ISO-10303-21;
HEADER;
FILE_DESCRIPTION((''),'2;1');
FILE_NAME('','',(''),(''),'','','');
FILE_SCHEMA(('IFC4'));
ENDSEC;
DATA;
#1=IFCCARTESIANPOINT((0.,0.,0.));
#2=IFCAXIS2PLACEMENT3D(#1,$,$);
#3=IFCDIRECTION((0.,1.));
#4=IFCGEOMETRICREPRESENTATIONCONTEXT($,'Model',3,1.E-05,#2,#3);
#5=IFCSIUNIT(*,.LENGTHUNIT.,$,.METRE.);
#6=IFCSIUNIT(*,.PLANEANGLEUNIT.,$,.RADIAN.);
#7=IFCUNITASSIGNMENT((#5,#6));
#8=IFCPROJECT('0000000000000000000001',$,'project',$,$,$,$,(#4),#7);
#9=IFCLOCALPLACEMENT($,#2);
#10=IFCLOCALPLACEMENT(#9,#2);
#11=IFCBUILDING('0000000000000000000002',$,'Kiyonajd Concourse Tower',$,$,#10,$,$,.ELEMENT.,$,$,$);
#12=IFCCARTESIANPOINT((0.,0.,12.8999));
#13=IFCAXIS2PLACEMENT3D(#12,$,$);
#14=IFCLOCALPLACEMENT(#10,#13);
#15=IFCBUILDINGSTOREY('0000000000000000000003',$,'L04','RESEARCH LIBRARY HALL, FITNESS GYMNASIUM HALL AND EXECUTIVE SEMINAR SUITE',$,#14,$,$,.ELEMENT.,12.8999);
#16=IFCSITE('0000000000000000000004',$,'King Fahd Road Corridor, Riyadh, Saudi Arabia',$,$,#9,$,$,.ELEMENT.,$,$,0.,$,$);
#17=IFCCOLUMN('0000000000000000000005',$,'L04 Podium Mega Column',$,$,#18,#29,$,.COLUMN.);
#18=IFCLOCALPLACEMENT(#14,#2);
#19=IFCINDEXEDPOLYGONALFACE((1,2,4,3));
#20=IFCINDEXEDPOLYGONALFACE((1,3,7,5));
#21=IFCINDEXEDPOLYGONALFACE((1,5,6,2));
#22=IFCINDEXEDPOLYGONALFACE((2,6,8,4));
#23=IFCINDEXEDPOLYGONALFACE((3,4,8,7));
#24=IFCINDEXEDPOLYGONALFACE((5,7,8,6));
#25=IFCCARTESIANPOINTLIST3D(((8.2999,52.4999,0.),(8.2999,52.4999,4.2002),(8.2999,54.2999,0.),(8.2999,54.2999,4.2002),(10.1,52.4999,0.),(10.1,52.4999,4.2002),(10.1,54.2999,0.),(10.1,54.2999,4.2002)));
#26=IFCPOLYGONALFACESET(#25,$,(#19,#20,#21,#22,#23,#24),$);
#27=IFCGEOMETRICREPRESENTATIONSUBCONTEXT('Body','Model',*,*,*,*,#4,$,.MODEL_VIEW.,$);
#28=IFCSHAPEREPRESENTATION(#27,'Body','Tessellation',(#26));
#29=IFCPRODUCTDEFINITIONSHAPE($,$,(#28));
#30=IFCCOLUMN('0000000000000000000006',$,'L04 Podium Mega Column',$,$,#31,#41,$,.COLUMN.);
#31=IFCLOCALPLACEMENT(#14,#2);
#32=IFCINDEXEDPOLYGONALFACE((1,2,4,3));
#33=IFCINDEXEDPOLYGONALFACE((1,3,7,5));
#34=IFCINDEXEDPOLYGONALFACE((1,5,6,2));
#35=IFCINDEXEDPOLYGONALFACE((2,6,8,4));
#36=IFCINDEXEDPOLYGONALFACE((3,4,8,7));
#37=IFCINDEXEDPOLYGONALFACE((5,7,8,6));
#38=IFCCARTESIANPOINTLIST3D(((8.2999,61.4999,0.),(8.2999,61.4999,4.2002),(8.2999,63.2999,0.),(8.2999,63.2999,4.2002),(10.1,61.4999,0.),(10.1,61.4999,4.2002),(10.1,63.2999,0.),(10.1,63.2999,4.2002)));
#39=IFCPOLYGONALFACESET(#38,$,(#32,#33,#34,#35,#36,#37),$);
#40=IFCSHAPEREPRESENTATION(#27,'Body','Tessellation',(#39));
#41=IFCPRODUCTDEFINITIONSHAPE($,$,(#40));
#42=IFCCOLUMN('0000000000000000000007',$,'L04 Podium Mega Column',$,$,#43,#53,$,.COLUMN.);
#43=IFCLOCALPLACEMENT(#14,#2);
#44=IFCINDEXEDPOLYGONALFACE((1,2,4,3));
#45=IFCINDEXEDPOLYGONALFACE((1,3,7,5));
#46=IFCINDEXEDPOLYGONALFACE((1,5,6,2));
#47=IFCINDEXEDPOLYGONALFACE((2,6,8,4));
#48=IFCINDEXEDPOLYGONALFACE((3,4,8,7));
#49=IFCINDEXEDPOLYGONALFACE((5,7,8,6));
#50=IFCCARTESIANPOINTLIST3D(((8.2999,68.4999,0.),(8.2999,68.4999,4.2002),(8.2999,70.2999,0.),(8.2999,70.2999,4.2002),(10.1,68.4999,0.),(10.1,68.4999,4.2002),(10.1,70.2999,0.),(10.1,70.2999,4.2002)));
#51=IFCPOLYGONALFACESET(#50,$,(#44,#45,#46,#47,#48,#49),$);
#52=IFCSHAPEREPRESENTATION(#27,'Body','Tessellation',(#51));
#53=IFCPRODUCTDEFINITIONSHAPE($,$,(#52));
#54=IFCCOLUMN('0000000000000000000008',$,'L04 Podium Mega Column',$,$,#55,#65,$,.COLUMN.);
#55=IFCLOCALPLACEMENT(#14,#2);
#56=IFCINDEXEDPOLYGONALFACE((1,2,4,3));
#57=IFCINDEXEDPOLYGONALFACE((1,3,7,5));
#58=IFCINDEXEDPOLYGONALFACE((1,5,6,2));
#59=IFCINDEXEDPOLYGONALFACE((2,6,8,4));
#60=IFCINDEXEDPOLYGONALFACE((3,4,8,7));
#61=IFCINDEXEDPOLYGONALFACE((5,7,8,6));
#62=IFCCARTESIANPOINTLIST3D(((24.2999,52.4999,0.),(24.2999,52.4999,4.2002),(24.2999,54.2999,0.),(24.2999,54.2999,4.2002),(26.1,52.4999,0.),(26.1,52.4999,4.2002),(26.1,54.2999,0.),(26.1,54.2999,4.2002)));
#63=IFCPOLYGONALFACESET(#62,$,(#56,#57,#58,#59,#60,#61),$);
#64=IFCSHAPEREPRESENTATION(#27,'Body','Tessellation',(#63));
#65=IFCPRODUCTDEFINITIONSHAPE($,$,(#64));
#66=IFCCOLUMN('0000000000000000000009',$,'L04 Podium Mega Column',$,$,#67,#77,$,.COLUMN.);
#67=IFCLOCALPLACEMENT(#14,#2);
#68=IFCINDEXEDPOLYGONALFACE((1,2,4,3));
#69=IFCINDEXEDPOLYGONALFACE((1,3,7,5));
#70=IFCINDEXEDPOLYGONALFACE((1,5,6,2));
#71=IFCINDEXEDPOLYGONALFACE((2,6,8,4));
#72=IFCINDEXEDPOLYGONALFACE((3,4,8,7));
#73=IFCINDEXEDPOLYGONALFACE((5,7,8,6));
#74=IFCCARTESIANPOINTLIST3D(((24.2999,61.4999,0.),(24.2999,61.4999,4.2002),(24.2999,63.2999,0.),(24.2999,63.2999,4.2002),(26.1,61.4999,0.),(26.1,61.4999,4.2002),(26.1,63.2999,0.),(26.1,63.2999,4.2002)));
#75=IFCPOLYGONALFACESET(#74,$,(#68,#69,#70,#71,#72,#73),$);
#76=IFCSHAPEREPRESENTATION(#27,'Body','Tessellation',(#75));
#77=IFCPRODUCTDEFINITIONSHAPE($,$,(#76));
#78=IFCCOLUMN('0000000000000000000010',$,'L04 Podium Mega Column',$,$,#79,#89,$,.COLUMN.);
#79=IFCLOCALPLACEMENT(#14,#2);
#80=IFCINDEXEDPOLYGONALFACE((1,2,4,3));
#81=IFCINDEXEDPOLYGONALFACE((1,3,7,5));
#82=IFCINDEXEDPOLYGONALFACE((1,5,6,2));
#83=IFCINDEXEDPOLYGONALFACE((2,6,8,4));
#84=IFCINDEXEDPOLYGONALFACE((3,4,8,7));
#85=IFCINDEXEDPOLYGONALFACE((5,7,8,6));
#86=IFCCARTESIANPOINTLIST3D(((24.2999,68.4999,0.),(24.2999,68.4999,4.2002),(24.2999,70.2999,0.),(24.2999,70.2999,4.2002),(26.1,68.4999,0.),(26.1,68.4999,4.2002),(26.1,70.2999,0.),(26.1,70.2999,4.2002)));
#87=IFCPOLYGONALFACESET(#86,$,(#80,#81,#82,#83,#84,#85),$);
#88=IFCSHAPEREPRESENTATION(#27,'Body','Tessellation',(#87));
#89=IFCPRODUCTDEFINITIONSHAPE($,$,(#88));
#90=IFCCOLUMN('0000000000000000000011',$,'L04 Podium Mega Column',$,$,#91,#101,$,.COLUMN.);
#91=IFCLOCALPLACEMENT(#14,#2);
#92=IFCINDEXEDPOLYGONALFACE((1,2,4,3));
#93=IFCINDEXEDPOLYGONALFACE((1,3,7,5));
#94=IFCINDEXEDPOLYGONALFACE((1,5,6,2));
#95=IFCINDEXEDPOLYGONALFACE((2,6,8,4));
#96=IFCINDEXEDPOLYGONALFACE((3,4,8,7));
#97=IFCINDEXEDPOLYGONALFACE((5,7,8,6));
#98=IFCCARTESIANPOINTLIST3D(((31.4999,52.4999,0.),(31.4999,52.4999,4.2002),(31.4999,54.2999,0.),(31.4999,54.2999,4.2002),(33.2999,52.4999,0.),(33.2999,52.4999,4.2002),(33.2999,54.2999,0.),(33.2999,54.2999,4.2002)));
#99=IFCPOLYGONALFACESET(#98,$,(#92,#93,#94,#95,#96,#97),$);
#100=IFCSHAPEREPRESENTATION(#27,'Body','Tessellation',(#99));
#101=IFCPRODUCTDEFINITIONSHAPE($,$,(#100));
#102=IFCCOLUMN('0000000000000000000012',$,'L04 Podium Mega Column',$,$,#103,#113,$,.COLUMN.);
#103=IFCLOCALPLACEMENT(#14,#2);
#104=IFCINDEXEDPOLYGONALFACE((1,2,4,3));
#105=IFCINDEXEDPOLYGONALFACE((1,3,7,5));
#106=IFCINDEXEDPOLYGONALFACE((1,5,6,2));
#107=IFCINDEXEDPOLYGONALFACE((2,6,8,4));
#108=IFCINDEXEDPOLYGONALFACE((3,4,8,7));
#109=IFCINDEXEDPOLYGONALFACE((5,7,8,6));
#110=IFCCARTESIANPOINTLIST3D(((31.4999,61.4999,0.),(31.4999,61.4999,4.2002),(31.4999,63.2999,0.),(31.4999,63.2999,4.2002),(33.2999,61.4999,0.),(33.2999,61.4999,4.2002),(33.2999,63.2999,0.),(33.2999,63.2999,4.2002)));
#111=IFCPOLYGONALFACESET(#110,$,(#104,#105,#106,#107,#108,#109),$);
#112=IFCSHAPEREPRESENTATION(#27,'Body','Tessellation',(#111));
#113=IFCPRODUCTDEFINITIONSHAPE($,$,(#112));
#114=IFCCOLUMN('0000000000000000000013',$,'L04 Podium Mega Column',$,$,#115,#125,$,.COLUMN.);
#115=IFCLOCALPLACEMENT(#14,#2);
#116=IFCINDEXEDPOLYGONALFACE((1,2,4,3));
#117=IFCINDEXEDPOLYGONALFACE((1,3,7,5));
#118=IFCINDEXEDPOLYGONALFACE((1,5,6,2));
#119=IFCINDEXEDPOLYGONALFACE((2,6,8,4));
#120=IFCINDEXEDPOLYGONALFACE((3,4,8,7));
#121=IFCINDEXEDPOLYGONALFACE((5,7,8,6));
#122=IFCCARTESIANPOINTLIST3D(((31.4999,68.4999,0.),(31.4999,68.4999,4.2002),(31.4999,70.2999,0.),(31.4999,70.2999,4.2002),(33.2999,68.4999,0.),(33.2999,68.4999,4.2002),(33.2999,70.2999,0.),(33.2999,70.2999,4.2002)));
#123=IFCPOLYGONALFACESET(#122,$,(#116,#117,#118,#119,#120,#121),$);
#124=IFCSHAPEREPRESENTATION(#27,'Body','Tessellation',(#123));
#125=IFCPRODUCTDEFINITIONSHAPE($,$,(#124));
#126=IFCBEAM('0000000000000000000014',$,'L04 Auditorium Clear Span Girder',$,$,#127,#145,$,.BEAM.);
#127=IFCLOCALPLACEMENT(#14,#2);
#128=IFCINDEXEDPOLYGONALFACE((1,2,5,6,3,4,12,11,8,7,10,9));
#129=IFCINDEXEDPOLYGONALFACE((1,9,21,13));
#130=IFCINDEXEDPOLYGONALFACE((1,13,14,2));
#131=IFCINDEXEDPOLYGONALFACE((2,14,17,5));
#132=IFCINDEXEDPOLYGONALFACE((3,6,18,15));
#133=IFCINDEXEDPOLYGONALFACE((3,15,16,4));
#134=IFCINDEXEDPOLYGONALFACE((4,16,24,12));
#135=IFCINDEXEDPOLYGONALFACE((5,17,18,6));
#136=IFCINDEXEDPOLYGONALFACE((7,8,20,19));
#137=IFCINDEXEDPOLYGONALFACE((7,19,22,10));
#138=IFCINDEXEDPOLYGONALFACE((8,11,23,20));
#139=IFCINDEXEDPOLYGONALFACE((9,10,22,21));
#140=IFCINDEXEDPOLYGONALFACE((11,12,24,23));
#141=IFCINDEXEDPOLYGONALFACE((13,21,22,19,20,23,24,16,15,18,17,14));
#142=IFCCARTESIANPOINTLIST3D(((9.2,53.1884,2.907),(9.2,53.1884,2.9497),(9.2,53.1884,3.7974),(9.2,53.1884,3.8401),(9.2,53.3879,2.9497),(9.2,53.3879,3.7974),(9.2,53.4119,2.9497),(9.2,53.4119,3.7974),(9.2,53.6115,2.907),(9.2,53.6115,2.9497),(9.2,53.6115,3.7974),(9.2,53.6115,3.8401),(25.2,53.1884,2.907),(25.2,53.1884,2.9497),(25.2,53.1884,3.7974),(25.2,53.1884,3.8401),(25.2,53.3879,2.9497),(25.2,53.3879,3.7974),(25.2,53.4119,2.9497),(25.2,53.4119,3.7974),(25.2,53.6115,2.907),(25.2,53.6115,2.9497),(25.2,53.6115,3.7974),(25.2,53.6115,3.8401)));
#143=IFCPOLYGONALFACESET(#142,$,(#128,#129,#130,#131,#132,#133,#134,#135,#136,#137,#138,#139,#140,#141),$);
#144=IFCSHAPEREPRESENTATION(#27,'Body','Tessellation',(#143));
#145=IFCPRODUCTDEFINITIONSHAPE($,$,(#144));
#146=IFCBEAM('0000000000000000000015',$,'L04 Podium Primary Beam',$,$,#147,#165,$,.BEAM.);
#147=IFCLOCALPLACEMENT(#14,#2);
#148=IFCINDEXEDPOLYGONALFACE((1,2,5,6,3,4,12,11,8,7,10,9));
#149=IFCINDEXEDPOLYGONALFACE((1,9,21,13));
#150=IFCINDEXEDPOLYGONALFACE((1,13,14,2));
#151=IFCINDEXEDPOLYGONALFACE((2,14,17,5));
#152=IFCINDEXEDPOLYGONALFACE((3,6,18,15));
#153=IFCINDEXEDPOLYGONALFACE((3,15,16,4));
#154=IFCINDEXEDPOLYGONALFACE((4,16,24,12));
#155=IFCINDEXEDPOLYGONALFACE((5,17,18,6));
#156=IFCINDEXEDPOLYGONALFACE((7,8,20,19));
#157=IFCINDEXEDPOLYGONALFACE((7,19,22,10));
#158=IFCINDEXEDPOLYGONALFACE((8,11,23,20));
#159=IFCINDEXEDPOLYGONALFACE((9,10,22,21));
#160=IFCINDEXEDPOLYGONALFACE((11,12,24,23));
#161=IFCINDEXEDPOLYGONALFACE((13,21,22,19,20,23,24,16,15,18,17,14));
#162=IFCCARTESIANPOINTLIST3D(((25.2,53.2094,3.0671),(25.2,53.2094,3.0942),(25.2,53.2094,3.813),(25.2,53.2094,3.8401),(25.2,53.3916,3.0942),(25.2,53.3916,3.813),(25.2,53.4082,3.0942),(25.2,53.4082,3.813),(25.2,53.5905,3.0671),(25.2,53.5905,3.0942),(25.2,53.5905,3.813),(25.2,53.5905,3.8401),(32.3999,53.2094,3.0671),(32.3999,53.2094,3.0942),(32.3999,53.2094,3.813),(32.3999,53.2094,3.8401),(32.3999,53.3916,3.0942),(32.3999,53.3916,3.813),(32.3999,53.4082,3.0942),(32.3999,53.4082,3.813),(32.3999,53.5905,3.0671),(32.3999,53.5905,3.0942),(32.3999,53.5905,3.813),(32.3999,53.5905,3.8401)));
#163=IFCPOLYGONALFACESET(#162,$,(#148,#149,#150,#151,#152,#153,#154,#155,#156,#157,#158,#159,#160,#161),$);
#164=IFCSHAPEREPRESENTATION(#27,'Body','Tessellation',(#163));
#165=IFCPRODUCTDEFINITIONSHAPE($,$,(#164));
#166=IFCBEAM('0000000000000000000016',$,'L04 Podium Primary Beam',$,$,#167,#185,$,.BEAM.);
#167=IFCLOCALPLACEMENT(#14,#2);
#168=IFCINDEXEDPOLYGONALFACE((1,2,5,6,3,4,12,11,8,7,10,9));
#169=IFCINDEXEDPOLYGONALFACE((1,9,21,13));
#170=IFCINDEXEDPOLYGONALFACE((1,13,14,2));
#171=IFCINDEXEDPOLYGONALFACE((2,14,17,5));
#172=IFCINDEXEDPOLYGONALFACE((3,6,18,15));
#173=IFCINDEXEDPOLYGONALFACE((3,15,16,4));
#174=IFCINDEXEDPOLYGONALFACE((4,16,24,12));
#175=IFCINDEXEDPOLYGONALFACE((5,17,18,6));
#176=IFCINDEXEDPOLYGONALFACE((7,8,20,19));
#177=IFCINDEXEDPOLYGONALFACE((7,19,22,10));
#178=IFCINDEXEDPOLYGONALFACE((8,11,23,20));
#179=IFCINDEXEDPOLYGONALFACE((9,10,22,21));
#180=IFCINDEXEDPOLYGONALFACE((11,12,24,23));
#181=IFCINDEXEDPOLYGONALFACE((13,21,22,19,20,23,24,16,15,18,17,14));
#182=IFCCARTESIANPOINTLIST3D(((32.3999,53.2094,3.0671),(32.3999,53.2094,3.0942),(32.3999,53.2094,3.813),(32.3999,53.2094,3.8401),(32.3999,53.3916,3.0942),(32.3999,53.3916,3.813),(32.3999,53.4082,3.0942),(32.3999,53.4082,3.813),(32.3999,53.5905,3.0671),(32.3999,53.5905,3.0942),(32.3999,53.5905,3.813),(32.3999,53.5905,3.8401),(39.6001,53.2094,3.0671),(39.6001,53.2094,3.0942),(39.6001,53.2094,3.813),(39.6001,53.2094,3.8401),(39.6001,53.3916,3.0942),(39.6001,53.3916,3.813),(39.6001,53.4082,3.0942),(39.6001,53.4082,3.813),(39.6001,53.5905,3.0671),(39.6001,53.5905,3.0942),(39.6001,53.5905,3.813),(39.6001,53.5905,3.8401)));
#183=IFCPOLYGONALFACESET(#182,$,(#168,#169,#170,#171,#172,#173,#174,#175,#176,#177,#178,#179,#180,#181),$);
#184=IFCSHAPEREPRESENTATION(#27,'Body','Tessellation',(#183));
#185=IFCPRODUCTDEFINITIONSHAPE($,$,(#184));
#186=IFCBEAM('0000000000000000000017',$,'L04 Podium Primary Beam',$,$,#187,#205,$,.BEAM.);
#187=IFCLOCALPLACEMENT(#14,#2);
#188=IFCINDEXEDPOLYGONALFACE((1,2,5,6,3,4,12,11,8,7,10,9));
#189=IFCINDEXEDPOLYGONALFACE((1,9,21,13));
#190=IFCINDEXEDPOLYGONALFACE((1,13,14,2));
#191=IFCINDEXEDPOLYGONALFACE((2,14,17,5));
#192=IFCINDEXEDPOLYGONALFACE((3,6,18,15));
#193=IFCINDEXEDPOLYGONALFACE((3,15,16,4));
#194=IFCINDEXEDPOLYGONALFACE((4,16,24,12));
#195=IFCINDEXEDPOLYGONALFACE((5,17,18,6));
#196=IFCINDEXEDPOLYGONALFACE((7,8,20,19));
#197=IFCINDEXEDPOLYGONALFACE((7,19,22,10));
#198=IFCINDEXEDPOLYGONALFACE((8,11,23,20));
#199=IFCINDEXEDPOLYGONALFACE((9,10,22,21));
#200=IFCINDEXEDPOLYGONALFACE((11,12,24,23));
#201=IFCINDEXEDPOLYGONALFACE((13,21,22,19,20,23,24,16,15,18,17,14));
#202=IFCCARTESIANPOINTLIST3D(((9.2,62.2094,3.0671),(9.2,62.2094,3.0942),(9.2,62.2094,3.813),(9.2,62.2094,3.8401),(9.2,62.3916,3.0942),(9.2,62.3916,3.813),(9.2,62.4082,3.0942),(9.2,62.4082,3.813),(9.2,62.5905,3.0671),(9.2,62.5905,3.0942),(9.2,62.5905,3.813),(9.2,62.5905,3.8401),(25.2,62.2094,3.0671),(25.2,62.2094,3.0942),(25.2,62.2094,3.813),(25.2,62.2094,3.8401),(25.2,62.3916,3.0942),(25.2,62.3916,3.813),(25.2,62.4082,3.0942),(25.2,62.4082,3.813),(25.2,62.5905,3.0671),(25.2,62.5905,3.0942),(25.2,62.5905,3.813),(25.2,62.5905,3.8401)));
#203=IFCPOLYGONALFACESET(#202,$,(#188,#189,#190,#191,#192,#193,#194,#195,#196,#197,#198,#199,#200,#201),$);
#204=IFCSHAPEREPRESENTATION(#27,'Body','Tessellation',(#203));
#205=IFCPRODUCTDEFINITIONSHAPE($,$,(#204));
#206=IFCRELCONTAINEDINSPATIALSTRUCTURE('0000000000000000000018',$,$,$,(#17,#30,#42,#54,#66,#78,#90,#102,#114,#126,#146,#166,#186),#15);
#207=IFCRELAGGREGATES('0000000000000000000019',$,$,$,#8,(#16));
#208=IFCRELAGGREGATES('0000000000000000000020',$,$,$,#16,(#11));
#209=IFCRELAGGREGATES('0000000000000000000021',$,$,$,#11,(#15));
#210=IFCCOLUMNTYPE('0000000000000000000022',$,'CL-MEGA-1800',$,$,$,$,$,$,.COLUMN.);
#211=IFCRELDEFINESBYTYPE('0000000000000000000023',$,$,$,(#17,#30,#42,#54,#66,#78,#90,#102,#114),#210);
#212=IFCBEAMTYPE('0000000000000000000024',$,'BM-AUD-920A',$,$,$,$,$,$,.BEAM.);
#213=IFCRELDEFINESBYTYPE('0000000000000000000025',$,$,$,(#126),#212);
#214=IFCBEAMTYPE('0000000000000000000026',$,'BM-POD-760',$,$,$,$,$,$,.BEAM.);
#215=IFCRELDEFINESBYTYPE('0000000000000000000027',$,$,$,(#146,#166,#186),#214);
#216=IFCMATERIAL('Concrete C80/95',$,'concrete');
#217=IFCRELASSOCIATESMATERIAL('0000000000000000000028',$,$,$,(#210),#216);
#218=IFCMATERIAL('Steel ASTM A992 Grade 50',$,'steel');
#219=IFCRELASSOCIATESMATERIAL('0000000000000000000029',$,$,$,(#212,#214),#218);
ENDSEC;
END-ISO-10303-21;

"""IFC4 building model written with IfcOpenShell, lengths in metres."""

from ifc_helpers import new_model, si_unit, direction, frame, origin, origin_2d, place, context, subcontext, project, spatial, rectangle, i_section, extrude, material, material_profile, profile_set, type_object, element, save


model = new_model("IFC4")

# Units and contexts
model_context = context("Model", 3, precision=1e-05, world=origin(), true_north=direction((0.0, 1.0)))
body_context = subcontext(model_context, "Body", "Model", "MODEL_VIEW")
ifc_project = project(units=[si_unit("LENGTHUNIT", "METRE"), si_unit("PLANEANGLEUNIT", "RADIAN")], contexts=[model_context])

# Site, building, storey
site_placement = place(None, origin())
site = spatial("IfcSite", under=ifc_project, at=site_placement, Name="King Fahd Road Corridor, Riyadh, Saudi Arabia", CompositionType="ELEMENT", RefElevation=0.0)
building_placement = place(site_placement, origin())
building = spatial("IfcBuilding", under=site, at=building_placement, Name="Kiyonajd Concourse Tower", CompositionType="ELEMENT")
storey_placement = place(building_placement, frame((0.0, 0.0, 12.8999)))
storey = spatial("IfcBuildingStorey", under=building, at=storey_placement, Name="L04", Description="RESEARCH LIBRARY HALL, FITNESS GYMNASIUM HALL AND EXECUTIVE SEMINAR SUITE", CompositionType="ELEMENT", Elevation=12.8999)

# Columns
ifc_material_1 = material(Name="Concrete C80/95", Category="concrete")
ifc_material_profile_1 = material_profile(ifc_material_1, rectangle(XDim=1.8, YDim=1.8, at=origin_2d()), Name="RC-1800x1800")
ifc_profile_set_1 = profile_set([ifc_material_profile_1], Name="Concrete C80/95")
column_type = type_object("IfcColumnType", Name="CL-MEGA-1800", PredefinedType="COLUMN", material=ifc_profile_set_1)
for number, where, z_axis, x_axis, name in (
    (1, (9.2, 53.3999, 0.0), (0.0, 0.0, 1.0), (1.0, 0.0, 0.0), "L04 Podium Mega Column"),
    (2, (9.2, 62.3999, 0.0), (0.0, 0.0, 1.0), (1.0, 0.0, 0.0), "L04 Podium Mega Column"),
    (3, (9.2, 69.3999, 0.0), (0.0, 0.0, 1.0), (1.0, 0.0, 0.0), "L04 Podium Mega Column"),
    (4, (25.2, 53.3999, 0.0), (0.0, 0.0, 1.0), (1.0, 0.0, 0.0), "L04 Podium Mega Column"),
    (5, (25.2, 62.3999, 0.0), (0.0, 0.0, 1.0), (1.0, 0.0, 0.0), "L04 Podium Mega Column"),
    (6, (25.2, 69.3999, 0.0), (0.0, 0.0, 1.0), (1.0, 0.0, 0.0), "L04 Podium Mega Column"),
    (7, (32.3999, 53.3999, 0.0), (0.0, 0.0, 1.0), (1.0, 0.0, 0.0), "L04 Podium Mega Column"),
    (8, (32.3999, 62.3999, 0.0), (0.0, 0.0, 1.0), (1.0, 0.0, 0.0), "L04 Podium Mega Column"),
    (9, (32.3999, 69.3999, 0.0), (0.0, 0.0, 1.0), (1.0, 0.0, 0.0), "L04 Podium Mega Column"),
):
    element("IfcColumn", number, at=place(storey_placement, frame(where, z_axis=z_axis, x_axis=x_axis)), inside=storey, type_object=column_type, Name=name, PredefinedType="COLUMN", context=body_context, shape_type="SweptSolid", body=[
        extrude(rectangle(XDim=1.8, YDim=1.8, at=origin_2d()), origin(), (0.0, 0.0, 1.0), 4.2002),
    ])

# Beams
ifc_material_2 = material(Name="Steel ASTM A992 Grade 50", Category="steel")
ifc_material_profile_2 = material_profile(ifc_material_2, i_section(OverallWidth=0.4231, OverallDepth=0.9331, WebThickness=0.0239, FlangeThickness=0.0427, at=origin_2d()), Name="W920X446")
ifc_profile_set_2 = profile_set([ifc_material_profile_2], Name="Steel ASTM A992 Grade 50")
beam_type_1 = type_object("IfcBeamType", Name="BM-AUD-920A", PredefinedType="BEAM", material=ifc_profile_set_2)
beam_1_placement = place(storey_placement, frame((9.2, 53.3999, 3.3735), z_axis=(1.0, 0.0, 0.0), x_axis=(0.0, 1.0, 0.0)))
element("IfcBeam", 10, at=beam_1_placement, inside=storey, type_object=beam_type_1, Name="L04 Auditorium Clear Span Girder", PredefinedType="BEAM", context=body_context, shape_type="SweptSolid", body=[
    extrude(i_section(OverallWidth=0.4231, OverallDepth=0.9331, WebThickness=0.0239, FlangeThickness=0.0427, at=origin_2d()), origin(), (0.0, 0.0, 1.0), 16.0),
])
ifc_material_profile_3 = material_profile(ifc_material_2, i_section(OverallWidth=0.3811, OverallDepth=0.7729, WebThickness=0.0166, FlangeThickness=0.0271, at=origin_2d()), Name="W760X257")
ifc_profile_set_3 = profile_set([ifc_material_profile_3], Name="Steel ASTM A992 Grade 50")
beam_type_2 = type_object("IfcBeamType", Name="BM-POD-760", PredefinedType="BEAM", material=ifc_profile_set_3)
beam_2_placement = place(storey_placement, frame((25.2, 53.3999, 3.4536), z_axis=(1.0, 0.0, 0.0), x_axis=(0.0, 1.0, 0.0)))
element("IfcBeam", 11, at=beam_2_placement, inside=storey, type_object=beam_type_2, Name="L04 Podium Primary Beam", PredefinedType="BEAM", context=body_context, shape_type="SweptSolid", body=[
    extrude(i_section(OverallWidth=0.3811, OverallDepth=0.7729, WebThickness=0.0166, FlangeThickness=0.0271, at=origin_2d()), origin(), (0.0, 0.0, 1.0), 7.2),
])
beam_3_placement = place(storey_placement, frame((32.3999, 53.3999, 3.4536), z_axis=(1.0, 0.0, 0.0), x_axis=(0.0, 1.0, 0.0)))
element("IfcBeam", 12, at=beam_3_placement, inside=storey, type_object=beam_type_2, Name="L04 Podium Primary Beam", PredefinedType="BEAM", context=body_context, shape_type="SweptSolid", body=[
    extrude(i_section(OverallWidth=0.3811, OverallDepth=0.7729, WebThickness=0.0166, FlangeThickness=0.0271, at=origin_2d()), origin(), (0.0, 0.0, 1.0), 7.2002),
])
beam_4_placement = place(storey_placement, frame((9.2, 62.3999, 3.4536), z_axis=(1.0, 0.0, 0.0), x_axis=(0.0, 1.0, 0.0)))
element("IfcBeam", 13, at=beam_4_placement, inside=storey, type_object=beam_type_2, Name="L04 Podium Primary Beam", PredefinedType="BEAM", context=body_context, shape_type="SweptSolid", body=[
    extrude(i_section(OverallWidth=0.3811, OverallDepth=0.7729, WebThickness=0.0166, FlangeThickness=0.0271, at=origin_2d()), origin(), (0.0, 0.0, 1.0), 16.0),
])

save(model, "model.ifc")
